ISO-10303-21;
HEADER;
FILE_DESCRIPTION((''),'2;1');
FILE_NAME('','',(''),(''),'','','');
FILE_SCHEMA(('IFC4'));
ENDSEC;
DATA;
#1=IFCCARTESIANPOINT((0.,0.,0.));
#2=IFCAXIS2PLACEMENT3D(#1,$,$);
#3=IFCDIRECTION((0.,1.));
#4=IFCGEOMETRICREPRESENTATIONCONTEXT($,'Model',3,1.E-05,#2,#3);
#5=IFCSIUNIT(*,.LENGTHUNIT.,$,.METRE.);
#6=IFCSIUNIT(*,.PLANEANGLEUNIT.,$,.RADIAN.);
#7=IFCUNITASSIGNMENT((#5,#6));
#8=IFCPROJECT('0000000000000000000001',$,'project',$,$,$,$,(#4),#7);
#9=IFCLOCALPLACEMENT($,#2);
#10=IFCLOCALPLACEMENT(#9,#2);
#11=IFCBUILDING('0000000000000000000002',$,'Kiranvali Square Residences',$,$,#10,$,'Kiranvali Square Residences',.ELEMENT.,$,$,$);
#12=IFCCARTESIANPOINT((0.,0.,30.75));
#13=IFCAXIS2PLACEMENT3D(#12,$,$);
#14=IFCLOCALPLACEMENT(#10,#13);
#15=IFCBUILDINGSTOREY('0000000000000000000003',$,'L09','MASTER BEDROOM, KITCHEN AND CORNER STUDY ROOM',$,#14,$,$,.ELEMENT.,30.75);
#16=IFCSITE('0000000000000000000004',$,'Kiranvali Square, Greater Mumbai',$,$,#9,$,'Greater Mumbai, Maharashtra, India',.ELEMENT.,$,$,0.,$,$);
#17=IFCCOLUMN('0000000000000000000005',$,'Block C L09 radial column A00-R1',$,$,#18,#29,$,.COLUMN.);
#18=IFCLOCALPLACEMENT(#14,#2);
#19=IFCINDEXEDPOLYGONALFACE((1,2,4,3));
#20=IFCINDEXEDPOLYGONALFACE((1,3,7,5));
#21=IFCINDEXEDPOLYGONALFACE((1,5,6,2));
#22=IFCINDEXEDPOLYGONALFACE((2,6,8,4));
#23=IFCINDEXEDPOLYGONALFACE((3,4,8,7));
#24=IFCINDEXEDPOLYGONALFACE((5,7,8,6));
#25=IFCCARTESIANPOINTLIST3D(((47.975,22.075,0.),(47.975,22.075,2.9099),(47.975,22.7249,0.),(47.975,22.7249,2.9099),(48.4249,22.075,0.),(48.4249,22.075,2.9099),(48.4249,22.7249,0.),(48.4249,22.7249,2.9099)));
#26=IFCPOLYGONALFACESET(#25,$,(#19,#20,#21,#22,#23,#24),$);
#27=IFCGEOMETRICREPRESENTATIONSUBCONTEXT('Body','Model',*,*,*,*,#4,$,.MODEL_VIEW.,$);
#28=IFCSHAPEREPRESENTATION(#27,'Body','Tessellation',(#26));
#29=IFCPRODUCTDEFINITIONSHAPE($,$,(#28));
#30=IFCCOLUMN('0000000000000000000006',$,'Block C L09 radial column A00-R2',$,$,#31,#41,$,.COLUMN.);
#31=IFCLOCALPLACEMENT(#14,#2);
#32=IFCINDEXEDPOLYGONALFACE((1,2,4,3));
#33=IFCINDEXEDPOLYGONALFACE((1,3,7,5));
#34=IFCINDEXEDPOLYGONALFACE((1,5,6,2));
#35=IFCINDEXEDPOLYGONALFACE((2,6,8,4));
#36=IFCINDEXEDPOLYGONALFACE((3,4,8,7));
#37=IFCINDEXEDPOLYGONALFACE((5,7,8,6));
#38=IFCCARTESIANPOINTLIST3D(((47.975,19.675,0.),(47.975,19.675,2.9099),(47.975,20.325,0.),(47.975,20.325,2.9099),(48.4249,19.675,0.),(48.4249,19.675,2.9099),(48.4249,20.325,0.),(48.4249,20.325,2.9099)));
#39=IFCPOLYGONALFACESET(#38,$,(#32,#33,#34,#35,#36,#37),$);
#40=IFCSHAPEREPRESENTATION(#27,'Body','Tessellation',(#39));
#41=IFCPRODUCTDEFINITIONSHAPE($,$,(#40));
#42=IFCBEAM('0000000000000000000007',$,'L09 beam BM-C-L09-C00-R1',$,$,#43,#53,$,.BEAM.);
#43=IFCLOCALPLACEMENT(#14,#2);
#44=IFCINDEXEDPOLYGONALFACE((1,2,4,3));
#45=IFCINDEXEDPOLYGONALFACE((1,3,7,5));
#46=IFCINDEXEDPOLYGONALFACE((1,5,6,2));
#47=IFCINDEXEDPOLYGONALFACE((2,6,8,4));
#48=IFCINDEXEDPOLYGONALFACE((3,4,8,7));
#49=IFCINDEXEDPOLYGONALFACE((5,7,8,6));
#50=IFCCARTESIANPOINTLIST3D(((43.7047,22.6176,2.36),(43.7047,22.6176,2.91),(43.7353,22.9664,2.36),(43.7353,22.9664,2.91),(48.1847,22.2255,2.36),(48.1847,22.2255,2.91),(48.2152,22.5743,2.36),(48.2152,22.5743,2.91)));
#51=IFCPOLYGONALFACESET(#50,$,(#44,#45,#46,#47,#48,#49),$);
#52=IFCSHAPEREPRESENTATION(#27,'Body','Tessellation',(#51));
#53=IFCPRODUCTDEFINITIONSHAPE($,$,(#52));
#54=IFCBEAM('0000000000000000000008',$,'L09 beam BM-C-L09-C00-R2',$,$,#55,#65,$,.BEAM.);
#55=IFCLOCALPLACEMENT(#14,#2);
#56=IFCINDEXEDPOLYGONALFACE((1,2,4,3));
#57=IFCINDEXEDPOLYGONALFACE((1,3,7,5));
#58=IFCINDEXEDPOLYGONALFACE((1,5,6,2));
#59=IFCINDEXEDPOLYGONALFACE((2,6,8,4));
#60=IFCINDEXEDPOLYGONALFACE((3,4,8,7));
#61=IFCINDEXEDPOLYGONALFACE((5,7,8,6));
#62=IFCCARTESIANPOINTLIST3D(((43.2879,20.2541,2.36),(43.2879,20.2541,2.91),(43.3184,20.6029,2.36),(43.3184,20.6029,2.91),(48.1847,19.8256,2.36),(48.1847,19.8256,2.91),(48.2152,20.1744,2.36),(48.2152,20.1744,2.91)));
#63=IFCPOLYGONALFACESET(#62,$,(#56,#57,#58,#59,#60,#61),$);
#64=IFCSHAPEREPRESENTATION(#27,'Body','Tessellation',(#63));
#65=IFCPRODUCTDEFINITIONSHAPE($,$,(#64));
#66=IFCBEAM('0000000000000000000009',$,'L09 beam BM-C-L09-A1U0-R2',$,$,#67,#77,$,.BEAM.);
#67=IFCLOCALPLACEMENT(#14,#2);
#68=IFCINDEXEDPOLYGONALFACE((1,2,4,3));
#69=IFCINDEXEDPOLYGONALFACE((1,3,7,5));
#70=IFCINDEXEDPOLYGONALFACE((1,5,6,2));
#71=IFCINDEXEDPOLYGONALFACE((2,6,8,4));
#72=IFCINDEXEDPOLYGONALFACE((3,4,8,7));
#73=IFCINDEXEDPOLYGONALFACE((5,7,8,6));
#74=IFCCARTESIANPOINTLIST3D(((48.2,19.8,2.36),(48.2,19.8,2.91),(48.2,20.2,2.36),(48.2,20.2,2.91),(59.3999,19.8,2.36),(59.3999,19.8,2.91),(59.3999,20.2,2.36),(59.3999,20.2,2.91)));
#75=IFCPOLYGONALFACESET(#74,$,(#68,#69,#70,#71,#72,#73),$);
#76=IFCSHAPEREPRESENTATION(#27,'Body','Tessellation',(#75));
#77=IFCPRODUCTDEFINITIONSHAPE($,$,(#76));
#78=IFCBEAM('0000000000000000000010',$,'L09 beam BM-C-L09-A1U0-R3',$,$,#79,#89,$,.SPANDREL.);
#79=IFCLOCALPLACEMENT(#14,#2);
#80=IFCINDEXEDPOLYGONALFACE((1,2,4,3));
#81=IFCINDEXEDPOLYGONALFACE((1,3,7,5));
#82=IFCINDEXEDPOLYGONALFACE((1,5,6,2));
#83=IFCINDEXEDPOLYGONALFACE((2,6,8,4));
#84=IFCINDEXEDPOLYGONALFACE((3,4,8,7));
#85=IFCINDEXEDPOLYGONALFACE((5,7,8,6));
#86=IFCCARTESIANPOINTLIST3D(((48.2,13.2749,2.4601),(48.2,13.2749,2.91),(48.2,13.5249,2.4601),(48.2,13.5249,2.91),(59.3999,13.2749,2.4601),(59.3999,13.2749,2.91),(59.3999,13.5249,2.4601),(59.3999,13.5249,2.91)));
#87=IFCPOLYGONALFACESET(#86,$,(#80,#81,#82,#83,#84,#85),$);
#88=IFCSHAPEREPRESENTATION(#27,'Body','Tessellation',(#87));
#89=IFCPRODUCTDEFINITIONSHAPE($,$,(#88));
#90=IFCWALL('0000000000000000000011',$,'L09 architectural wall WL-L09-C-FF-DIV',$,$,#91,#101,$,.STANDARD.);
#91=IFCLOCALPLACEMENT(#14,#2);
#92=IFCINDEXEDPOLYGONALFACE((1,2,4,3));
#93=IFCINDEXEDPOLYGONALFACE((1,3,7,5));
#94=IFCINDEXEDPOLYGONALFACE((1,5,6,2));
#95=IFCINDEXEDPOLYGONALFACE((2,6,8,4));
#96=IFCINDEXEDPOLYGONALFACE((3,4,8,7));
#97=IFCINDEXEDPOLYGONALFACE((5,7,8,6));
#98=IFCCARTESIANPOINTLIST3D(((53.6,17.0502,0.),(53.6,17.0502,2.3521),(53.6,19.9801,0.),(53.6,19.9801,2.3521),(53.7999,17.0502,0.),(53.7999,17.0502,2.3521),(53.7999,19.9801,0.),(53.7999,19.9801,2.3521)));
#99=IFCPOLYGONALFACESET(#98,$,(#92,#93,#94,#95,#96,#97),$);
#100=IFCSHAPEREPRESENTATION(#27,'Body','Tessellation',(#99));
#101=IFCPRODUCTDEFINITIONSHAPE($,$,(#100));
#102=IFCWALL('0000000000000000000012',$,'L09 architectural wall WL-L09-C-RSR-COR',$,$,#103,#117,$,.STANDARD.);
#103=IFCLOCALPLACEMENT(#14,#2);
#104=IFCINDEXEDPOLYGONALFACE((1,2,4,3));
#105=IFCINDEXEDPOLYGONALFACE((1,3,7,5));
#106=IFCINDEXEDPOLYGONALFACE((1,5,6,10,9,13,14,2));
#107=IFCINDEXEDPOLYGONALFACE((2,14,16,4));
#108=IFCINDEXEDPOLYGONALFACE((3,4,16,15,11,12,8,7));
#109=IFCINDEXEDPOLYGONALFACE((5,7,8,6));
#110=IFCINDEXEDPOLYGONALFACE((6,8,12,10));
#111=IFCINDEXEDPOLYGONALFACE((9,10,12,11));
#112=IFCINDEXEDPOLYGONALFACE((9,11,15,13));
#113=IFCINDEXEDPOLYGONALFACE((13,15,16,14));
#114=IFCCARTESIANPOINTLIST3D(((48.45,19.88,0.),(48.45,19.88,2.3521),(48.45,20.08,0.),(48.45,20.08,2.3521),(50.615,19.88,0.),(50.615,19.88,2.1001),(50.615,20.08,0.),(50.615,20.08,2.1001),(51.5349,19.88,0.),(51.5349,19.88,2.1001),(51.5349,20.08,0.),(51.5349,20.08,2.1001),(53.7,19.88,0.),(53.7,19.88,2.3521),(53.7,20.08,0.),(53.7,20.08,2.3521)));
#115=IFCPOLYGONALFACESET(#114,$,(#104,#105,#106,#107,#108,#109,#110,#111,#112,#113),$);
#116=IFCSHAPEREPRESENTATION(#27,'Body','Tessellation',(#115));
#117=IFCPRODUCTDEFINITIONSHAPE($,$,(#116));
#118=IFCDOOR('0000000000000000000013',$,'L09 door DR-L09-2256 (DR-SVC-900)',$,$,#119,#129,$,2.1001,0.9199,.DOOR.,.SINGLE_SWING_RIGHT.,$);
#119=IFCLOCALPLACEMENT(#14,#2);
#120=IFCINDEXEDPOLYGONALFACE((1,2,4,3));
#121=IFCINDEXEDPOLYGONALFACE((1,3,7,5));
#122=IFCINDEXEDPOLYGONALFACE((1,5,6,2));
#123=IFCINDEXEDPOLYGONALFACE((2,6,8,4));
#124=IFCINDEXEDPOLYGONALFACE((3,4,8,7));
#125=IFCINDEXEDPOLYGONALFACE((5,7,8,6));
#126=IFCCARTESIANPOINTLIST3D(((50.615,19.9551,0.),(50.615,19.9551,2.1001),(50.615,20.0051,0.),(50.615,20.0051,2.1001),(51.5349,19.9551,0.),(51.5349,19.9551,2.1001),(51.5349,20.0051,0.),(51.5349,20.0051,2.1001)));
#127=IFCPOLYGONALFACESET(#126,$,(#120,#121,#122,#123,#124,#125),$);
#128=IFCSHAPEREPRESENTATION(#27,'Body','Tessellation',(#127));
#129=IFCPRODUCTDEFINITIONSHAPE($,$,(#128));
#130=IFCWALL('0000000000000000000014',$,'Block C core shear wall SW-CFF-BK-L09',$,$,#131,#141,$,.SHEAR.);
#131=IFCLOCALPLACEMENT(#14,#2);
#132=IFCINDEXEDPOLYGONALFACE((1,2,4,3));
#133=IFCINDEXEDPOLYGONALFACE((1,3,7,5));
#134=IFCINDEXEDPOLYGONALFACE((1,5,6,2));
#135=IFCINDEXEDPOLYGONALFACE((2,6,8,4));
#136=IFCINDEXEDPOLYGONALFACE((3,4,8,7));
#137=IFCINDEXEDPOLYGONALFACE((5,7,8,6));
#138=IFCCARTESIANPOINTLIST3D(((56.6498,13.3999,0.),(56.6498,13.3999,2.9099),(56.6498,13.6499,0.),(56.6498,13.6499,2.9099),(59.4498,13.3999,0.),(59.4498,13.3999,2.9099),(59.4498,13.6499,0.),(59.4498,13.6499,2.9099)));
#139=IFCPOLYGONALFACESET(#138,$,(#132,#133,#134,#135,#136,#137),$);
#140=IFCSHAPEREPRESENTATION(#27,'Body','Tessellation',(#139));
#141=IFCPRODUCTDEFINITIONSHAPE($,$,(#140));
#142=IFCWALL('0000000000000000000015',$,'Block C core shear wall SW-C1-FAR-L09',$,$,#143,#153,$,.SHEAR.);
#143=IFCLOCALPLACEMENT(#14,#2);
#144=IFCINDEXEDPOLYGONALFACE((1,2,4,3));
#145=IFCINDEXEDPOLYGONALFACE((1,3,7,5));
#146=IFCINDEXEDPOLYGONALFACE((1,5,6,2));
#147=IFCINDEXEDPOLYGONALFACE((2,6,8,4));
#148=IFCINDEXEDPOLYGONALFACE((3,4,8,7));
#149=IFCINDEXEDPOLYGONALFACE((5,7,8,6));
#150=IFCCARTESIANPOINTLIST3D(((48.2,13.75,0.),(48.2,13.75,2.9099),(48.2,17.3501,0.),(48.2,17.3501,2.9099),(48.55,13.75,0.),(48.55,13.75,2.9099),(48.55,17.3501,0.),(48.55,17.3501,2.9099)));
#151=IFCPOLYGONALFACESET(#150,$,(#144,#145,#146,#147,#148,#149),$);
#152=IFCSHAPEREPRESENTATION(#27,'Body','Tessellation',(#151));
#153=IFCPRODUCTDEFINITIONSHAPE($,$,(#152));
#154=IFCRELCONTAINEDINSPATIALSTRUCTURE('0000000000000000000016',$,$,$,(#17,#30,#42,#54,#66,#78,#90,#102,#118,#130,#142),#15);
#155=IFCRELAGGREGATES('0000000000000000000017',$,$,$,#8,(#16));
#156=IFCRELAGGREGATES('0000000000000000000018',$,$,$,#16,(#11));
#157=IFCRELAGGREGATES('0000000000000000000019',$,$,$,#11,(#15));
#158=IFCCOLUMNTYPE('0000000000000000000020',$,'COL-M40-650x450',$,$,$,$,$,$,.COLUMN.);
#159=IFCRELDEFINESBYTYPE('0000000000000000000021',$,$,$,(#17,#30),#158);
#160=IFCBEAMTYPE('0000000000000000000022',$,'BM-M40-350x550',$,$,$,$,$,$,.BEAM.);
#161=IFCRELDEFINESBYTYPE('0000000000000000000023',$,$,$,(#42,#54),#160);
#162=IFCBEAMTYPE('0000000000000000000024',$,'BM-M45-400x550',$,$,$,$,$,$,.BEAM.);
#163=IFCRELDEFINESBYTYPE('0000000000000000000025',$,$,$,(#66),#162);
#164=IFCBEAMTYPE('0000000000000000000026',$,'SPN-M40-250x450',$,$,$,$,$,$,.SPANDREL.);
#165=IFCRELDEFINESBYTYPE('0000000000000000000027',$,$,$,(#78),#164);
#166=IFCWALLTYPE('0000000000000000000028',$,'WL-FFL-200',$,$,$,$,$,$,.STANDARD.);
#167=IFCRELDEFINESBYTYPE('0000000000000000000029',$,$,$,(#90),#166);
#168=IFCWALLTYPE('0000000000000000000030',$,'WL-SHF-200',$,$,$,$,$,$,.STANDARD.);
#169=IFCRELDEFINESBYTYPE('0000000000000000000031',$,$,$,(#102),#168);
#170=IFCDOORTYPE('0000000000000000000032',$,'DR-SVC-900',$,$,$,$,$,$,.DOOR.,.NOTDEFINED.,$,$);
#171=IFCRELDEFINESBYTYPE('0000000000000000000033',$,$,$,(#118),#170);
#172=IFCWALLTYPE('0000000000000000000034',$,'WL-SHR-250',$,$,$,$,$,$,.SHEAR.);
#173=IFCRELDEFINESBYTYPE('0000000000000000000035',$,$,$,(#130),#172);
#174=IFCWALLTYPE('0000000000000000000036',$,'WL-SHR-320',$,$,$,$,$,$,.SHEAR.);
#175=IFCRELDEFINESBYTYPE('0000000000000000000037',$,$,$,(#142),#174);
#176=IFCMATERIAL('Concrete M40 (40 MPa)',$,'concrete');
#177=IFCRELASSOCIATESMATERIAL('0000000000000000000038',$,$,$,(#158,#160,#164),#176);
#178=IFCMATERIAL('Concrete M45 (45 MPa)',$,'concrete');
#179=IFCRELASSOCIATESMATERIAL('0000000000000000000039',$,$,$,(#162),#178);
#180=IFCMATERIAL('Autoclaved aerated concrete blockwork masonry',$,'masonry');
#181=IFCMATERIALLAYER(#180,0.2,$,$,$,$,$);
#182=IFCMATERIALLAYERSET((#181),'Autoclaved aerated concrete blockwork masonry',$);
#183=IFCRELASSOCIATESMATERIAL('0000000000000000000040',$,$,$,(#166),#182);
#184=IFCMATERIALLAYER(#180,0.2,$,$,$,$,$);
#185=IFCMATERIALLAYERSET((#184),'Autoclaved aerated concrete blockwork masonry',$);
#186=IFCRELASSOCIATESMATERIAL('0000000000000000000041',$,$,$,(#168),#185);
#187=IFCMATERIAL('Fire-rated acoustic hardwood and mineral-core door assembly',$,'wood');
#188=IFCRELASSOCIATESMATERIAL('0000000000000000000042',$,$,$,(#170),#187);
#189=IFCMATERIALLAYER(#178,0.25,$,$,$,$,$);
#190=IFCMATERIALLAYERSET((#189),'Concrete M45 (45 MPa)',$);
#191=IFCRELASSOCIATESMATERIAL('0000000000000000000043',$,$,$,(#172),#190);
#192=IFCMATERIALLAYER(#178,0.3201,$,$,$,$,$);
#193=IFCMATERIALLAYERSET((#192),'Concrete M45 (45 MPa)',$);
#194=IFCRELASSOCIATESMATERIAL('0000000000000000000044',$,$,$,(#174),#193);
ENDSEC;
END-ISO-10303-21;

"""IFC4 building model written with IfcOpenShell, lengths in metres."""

from ifc_helpers import new_model, si_unit, direction, frame, frame_2d, origin, origin_2d, place, context, subcontext, project, spatial, rectangle, extrude, material, layer, layer_set, material_profile, profile_set, type_object, element, fill, save


model = new_model("IFC4")

# Units and contexts
model_context = context("Model", 3, precision=1e-05, world=origin(), true_north=direction((0.0, 1.0)))
body_context = subcontext(model_context, "Body", "Model", "MODEL_VIEW")
ifc_project = project(units=[si_unit("LENGTHUNIT", "METRE"), si_unit("PLANEANGLEUNIT", "RADIAN")], contexts=[model_context])

# Site, building, storey
site_placement = place(None, origin())
site = spatial("IfcSite", under=ifc_project, at=site_placement, Name="Kiranvali Square, Greater Mumbai", LongName="Greater Mumbai, Maharashtra, India", CompositionType="ELEMENT", RefElevation=0.0)
building_placement = place(site_placement, origin())
building = spatial("IfcBuilding", under=site, at=building_placement, Name="Kiranvali Square Residences", LongName="Kiranvali Square Residences", CompositionType="ELEMENT")
storey_placement = place(building_placement, frame((0.0, 0.0, 30.75)))
storey = spatial("IfcBuildingStorey", under=building, at=storey_placement, Name="L09", Description="MASTER BEDROOM, KITCHEN AND CORNER STUDY ROOM", CompositionType="ELEMENT", Elevation=30.75)

# Columns
ifc_material_1 = material(Name="Concrete M40 (40 MPa)", Category="concrete")
ifc_material_profile_1 = material_profile(ifc_material_1, rectangle(XDim=0.45, YDim=0.6499, at=origin_2d()), Name="RC 650x450")
ifc_profile_set_1 = profile_set([ifc_material_profile_1], Name="Concrete M40 (40 MPa)")
column_type = type_object("IfcColumnType", Name="COL-M40-650x450", PredefinedType="COLUMN", material=ifc_profile_set_1)
for number, where, z_axis, x_axis, name in (
    (1, (48.2, 22.3999, 0.0), (0.0, 0.0, 1.0), (1.0, 0.0, 0.0), "Block C L09 radial column A00-R1"),
    (2, (48.2, 20.0, 0.0), (0.0, 0.0, 1.0), (1.0, 0.0, 0.0), "Block C L09 radial column A00-R2"),
):
    element("IfcColumn", number, at=place(storey_placement, frame(where, z_axis=z_axis, x_axis=x_axis)), inside=storey, type_object=column_type, Name=name, PredefinedType="COLUMN", context=body_context, shape_type="SweptSolid", body=[
        extrude(rectangle(XDim=0.45, YDim=0.6499, at=origin_2d()), origin(), (0.0, 0.0, 1.0), 2.9099),
    ])

# Beams
ifc_material_profile_2 = material_profile(ifc_material_1, rectangle(XDim=0.3501, YDim=0.55, at=origin_2d()), Name="RC 350x550")
ifc_profile_set_2 = profile_set([ifc_material_profile_2], Name="Concrete M40 (40 MPa)")
beam_type_1 = type_object("IfcBeamType", Name="BM-M40-350x550", PredefinedType="BEAM", material=ifc_profile_set_2)
beam_1_placement = place(storey_placement, frame((48.2, 22.3999, 2.635), z_axis=(-0.996192, 0.087187, 0.0), x_axis=(-0.087187, -0.996192, 0.0)))
element("IfcBeam", 3, at=beam_1_placement, inside=storey, type_object=beam_type_1, Name="L09 beam BM-C-L09-C00-R1", PredefinedType="BEAM", context=body_context, shape_type="SweptSolid", body=[
    extrude(rectangle(XDim=0.3501, YDim=0.55, at=origin_2d()), origin(), (0.0, 0.0, 1.0), 4.4971),
])
beam_2_placement = place(storey_placement, frame((48.2, 20.0, 2.635), z_axis=(-0.996194, 0.087168, 0.0), x_axis=(-0.087168, -0.996194, 0.0)))
element("IfcBeam", 4, at=beam_2_placement, inside=storey, type_object=beam_type_1, Name="L09 beam BM-C-L09-C00-R2", PredefinedType="BEAM", context=body_context, shape_type="SweptSolid", body=[
    extrude(rectangle(XDim=0.3501, YDim=0.55, at=origin_2d()), origin(), (0.0, 0.0, 1.0), 4.9155),
])
ifc_material_2 = material(Name="Concrete M45 (45 MPa)", Category="concrete")
ifc_material_profile_3 = material_profile(ifc_material_2, rectangle(XDim=0.3999, YDim=0.55, at=origin_2d()), Name="RC 400x550")
ifc_profile_set_3 = profile_set([ifc_material_profile_3], Name="Concrete M45 (45 MPa)")
beam_type_2 = type_object("IfcBeamType", Name="BM-M45-400x550", PredefinedType="BEAM", material=ifc_profile_set_3)
beam_3_placement = place(storey_placement, frame((48.2, 20.0, 2.635), z_axis=(1.0, 0.0, 0.0), x_axis=(0.0, 1.0, 0.0)))
element("IfcBeam", 5, at=beam_3_placement, inside=storey, type_object=beam_type_2, Name="L09 beam BM-C-L09-A1U0-R2", PredefinedType="BEAM", context=body_context, shape_type="SweptSolid", body=[
    extrude(rectangle(XDim=0.3999, YDim=0.55, at=origin_2d()), origin(), (0.0, 0.0, 1.0), 11.2),
])
ifc_material_profile_4 = material_profile(ifc_material_1, rectangle(XDim=0.25, YDim=0.45, at=origin_2d()), Name="RC 250x450")
ifc_profile_set_4 = profile_set([ifc_material_profile_4], Name="Concrete M40 (40 MPa)")
beam_type_3 = type_object("IfcBeamType", Name="SPN-M40-250x450", PredefinedType="SPANDREL", material=ifc_profile_set_4)
beam_4_placement = place(storey_placement, frame((48.2, 13.3999, 2.6851), z_axis=(1.0, 0.0, 0.0), x_axis=(0.0, 1.0, 0.0)))
element("IfcBeam", 6, at=beam_4_placement, inside=storey, type_object=beam_type_3, Name="L09 beam BM-C-L09-A1U0-R3", PredefinedType="SPANDREL", context=body_context, shape_type="SweptSolid", body=[
    extrude(rectangle(XDim=0.25, YDim=0.45, at=origin_2d()), origin(), (0.0, 0.0, 1.0), 11.2),
])

# Shared definitions
ifc_material_3 = material(Name="Autoclaved aerated concrete blockwork masonry", Category="masonry")
ifc_material_4 = material(Name="Fire-rated acoustic hardwood and mineral-core door assembly", Category="wood")
ifc_layer_1 = layer(ifc_material_3, 0.2)
ifc_layer_set_1 = layer_set([ifc_layer_1], Name="Autoclaved aerated concrete blockwork masonry")
wall_type_1 = type_object("IfcWallType", Name="WL-FFL-200", PredefinedType="STANDARD", material=ifc_layer_set_1)

# Wall
wall_1_placement = place(storey_placement, frame((53.7, 19.98, 0.0), z_axis=(0.0, 0.0, 1.0), x_axis=(0.0, -1.0, 0.0)))
element("IfcWall", 7, at=wall_1_placement, inside=storey, type_object=wall_type_1, Name="L09 architectural wall WL-L09-C-FF-DIV", PredefinedType="STANDARD", context=body_context, shape_type="SweptSolid", body=[
    extrude(rectangle(XDim=2.9299, YDim=0.2, at=frame_2d((1.4648, 0.0))), origin(), (0.0, 0.0, 1.0), 2.3521),
])

# Wall, opening, door
ifc_layer_2 = layer(ifc_material_3, 0.2)
ifc_layer_set_2 = layer_set([ifc_layer_2], Name="Autoclaved aerated concrete blockwork masonry")
wall_type_2 = type_object("IfcWallType", Name="WL-SHF-200", PredefinedType="STANDARD", material=ifc_layer_set_2)
wall_2_placement = place(storey_placement, frame((48.45, 19.98, 0.0), z_axis=(0.0, 0.0, 1.0), x_axis=(1.0, 0.0, 0.0)))
wall_2 = element("IfcWall", 8, at=wall_2_placement, inside=storey, type_object=wall_type_2, Name="L09 architectural wall WL-L09-C-RSR-COR", PredefinedType="STANDARD", context=body_context, shape_type="SweptSolid", body=[
    extrude(rectangle(XDim=5.25, YDim=0.2, at=frame_2d((2.625, 0.0))), origin(), (0.0, 0.0, 1.0), 2.3521),
])
opening_1_placement = place(wall_2_placement, frame((2.165, 0.0, 0.0)))
opening_1 = element("IfcOpeningElement", 9, at=opening_1_placement, cuts=wall_2, PredefinedType="OPENING", context=body_context, shape_type="SweptSolid", body=[
    extrude(rectangle(XDim=0.9199, YDim=2.1001, at=frame_2d((0.46, 1.05))), frame((0.0, 0.1099, 0.0), z_axis=(0.0, -1.0, 0.0), x_axis=(1.0, 0.0, 0.0)), (0.0, 0.0, 1.0), 0.22),
])
door_type_1 = type_object("IfcDoorType", Name="DR-SVC-900", OperationType="NOTDEFINED", PredefinedType="DOOR", material=ifc_material_4)
door_1_placement = place(opening_1_placement, frame((0.9199, 0.0, 0.0), z_axis=(0.0, 0.0, 1.0), x_axis=(-1.0, 0.0, 0.0)))
door_1 = element("IfcDoor", 10, at=door_1_placement, inside=storey, type_object=door_type_1, Name="L09 door DR-L09-2256 (DR-SVC-900)", OperationType="SINGLE_SWING_RIGHT", OverallHeight=2.1001, OverallWidth=0.9199, PredefinedType="DOOR", context=body_context, shape_type="SweptSolid", body=[
    extrude(rectangle(XDim=0.9199, YDim=2.1001, at=frame_2d((0.46, 1.05))), frame((0.0, 0.0249, 0.0), z_axis=(0.0, -1.0, 0.0), x_axis=(1.0, 0.0, 0.0)), (0.0, 0.0, 1.0), 0.05),
])
fill(opening_1, door_1)

# Wall
ifc_layer_3 = layer(ifc_material_2, 0.25)
ifc_layer_set_3 = layer_set([ifc_layer_3], Name="Concrete M45 (45 MPa)")
wall_type_3 = type_object("IfcWallType", Name="WL-SHR-250", PredefinedType="SHEAR", material=ifc_layer_set_3)
wall_3_placement = place(storey_placement, frame((56.6499, 13.5249, 0.0), z_axis=(0.0, 0.0, 1.0), x_axis=(1.0, 0.0, 0.0)))
element("IfcWall", 11, at=wall_3_placement, inside=storey, type_object=wall_type_3, Name="Block C core shear wall SW-CFF-BK-L09", PredefinedType="SHEAR", context=body_context, shape_type="SweptSolid", body=[
    extrude(rectangle(XDim=2.8, YDim=0.25, at=frame_2d((1.3999, 0.0))), origin(), (0.0, 0.0, 1.0), 2.9099),
])

# Shared definitions
ifc_layer_4 = layer(ifc_material_2, 0.3201)
ifc_layer_set_4 = layer_set([ifc_layer_4], Name="Concrete M45 (45 MPa)")
wall_type_4 = type_object("IfcWallType", Name="WL-SHR-320", PredefinedType="SHEAR", material=ifc_layer_set_4)

# Wall
wall_4_placement = place(storey_placement, frame((48.375, 17.3501, 0.0), z_axis=(0.0, 0.0, 1.0), x_axis=(0.0, -1.0, 0.0)))
element("IfcWall", 12, at=wall_4_placement, inside=storey, type_object=wall_type_4, Name="Block C core shear wall SW-C1-FAR-L09", PredefinedType="SHEAR", context=body_context, shape_type="SweptSolid", body=[
    extrude(rectangle(XDim=3.6001, YDim=0.3501, at=frame_2d((1.8, 0.0))), origin(), (0.0, 0.0, 1.0), 2.9099),
])

save(model, "model.ifc")
